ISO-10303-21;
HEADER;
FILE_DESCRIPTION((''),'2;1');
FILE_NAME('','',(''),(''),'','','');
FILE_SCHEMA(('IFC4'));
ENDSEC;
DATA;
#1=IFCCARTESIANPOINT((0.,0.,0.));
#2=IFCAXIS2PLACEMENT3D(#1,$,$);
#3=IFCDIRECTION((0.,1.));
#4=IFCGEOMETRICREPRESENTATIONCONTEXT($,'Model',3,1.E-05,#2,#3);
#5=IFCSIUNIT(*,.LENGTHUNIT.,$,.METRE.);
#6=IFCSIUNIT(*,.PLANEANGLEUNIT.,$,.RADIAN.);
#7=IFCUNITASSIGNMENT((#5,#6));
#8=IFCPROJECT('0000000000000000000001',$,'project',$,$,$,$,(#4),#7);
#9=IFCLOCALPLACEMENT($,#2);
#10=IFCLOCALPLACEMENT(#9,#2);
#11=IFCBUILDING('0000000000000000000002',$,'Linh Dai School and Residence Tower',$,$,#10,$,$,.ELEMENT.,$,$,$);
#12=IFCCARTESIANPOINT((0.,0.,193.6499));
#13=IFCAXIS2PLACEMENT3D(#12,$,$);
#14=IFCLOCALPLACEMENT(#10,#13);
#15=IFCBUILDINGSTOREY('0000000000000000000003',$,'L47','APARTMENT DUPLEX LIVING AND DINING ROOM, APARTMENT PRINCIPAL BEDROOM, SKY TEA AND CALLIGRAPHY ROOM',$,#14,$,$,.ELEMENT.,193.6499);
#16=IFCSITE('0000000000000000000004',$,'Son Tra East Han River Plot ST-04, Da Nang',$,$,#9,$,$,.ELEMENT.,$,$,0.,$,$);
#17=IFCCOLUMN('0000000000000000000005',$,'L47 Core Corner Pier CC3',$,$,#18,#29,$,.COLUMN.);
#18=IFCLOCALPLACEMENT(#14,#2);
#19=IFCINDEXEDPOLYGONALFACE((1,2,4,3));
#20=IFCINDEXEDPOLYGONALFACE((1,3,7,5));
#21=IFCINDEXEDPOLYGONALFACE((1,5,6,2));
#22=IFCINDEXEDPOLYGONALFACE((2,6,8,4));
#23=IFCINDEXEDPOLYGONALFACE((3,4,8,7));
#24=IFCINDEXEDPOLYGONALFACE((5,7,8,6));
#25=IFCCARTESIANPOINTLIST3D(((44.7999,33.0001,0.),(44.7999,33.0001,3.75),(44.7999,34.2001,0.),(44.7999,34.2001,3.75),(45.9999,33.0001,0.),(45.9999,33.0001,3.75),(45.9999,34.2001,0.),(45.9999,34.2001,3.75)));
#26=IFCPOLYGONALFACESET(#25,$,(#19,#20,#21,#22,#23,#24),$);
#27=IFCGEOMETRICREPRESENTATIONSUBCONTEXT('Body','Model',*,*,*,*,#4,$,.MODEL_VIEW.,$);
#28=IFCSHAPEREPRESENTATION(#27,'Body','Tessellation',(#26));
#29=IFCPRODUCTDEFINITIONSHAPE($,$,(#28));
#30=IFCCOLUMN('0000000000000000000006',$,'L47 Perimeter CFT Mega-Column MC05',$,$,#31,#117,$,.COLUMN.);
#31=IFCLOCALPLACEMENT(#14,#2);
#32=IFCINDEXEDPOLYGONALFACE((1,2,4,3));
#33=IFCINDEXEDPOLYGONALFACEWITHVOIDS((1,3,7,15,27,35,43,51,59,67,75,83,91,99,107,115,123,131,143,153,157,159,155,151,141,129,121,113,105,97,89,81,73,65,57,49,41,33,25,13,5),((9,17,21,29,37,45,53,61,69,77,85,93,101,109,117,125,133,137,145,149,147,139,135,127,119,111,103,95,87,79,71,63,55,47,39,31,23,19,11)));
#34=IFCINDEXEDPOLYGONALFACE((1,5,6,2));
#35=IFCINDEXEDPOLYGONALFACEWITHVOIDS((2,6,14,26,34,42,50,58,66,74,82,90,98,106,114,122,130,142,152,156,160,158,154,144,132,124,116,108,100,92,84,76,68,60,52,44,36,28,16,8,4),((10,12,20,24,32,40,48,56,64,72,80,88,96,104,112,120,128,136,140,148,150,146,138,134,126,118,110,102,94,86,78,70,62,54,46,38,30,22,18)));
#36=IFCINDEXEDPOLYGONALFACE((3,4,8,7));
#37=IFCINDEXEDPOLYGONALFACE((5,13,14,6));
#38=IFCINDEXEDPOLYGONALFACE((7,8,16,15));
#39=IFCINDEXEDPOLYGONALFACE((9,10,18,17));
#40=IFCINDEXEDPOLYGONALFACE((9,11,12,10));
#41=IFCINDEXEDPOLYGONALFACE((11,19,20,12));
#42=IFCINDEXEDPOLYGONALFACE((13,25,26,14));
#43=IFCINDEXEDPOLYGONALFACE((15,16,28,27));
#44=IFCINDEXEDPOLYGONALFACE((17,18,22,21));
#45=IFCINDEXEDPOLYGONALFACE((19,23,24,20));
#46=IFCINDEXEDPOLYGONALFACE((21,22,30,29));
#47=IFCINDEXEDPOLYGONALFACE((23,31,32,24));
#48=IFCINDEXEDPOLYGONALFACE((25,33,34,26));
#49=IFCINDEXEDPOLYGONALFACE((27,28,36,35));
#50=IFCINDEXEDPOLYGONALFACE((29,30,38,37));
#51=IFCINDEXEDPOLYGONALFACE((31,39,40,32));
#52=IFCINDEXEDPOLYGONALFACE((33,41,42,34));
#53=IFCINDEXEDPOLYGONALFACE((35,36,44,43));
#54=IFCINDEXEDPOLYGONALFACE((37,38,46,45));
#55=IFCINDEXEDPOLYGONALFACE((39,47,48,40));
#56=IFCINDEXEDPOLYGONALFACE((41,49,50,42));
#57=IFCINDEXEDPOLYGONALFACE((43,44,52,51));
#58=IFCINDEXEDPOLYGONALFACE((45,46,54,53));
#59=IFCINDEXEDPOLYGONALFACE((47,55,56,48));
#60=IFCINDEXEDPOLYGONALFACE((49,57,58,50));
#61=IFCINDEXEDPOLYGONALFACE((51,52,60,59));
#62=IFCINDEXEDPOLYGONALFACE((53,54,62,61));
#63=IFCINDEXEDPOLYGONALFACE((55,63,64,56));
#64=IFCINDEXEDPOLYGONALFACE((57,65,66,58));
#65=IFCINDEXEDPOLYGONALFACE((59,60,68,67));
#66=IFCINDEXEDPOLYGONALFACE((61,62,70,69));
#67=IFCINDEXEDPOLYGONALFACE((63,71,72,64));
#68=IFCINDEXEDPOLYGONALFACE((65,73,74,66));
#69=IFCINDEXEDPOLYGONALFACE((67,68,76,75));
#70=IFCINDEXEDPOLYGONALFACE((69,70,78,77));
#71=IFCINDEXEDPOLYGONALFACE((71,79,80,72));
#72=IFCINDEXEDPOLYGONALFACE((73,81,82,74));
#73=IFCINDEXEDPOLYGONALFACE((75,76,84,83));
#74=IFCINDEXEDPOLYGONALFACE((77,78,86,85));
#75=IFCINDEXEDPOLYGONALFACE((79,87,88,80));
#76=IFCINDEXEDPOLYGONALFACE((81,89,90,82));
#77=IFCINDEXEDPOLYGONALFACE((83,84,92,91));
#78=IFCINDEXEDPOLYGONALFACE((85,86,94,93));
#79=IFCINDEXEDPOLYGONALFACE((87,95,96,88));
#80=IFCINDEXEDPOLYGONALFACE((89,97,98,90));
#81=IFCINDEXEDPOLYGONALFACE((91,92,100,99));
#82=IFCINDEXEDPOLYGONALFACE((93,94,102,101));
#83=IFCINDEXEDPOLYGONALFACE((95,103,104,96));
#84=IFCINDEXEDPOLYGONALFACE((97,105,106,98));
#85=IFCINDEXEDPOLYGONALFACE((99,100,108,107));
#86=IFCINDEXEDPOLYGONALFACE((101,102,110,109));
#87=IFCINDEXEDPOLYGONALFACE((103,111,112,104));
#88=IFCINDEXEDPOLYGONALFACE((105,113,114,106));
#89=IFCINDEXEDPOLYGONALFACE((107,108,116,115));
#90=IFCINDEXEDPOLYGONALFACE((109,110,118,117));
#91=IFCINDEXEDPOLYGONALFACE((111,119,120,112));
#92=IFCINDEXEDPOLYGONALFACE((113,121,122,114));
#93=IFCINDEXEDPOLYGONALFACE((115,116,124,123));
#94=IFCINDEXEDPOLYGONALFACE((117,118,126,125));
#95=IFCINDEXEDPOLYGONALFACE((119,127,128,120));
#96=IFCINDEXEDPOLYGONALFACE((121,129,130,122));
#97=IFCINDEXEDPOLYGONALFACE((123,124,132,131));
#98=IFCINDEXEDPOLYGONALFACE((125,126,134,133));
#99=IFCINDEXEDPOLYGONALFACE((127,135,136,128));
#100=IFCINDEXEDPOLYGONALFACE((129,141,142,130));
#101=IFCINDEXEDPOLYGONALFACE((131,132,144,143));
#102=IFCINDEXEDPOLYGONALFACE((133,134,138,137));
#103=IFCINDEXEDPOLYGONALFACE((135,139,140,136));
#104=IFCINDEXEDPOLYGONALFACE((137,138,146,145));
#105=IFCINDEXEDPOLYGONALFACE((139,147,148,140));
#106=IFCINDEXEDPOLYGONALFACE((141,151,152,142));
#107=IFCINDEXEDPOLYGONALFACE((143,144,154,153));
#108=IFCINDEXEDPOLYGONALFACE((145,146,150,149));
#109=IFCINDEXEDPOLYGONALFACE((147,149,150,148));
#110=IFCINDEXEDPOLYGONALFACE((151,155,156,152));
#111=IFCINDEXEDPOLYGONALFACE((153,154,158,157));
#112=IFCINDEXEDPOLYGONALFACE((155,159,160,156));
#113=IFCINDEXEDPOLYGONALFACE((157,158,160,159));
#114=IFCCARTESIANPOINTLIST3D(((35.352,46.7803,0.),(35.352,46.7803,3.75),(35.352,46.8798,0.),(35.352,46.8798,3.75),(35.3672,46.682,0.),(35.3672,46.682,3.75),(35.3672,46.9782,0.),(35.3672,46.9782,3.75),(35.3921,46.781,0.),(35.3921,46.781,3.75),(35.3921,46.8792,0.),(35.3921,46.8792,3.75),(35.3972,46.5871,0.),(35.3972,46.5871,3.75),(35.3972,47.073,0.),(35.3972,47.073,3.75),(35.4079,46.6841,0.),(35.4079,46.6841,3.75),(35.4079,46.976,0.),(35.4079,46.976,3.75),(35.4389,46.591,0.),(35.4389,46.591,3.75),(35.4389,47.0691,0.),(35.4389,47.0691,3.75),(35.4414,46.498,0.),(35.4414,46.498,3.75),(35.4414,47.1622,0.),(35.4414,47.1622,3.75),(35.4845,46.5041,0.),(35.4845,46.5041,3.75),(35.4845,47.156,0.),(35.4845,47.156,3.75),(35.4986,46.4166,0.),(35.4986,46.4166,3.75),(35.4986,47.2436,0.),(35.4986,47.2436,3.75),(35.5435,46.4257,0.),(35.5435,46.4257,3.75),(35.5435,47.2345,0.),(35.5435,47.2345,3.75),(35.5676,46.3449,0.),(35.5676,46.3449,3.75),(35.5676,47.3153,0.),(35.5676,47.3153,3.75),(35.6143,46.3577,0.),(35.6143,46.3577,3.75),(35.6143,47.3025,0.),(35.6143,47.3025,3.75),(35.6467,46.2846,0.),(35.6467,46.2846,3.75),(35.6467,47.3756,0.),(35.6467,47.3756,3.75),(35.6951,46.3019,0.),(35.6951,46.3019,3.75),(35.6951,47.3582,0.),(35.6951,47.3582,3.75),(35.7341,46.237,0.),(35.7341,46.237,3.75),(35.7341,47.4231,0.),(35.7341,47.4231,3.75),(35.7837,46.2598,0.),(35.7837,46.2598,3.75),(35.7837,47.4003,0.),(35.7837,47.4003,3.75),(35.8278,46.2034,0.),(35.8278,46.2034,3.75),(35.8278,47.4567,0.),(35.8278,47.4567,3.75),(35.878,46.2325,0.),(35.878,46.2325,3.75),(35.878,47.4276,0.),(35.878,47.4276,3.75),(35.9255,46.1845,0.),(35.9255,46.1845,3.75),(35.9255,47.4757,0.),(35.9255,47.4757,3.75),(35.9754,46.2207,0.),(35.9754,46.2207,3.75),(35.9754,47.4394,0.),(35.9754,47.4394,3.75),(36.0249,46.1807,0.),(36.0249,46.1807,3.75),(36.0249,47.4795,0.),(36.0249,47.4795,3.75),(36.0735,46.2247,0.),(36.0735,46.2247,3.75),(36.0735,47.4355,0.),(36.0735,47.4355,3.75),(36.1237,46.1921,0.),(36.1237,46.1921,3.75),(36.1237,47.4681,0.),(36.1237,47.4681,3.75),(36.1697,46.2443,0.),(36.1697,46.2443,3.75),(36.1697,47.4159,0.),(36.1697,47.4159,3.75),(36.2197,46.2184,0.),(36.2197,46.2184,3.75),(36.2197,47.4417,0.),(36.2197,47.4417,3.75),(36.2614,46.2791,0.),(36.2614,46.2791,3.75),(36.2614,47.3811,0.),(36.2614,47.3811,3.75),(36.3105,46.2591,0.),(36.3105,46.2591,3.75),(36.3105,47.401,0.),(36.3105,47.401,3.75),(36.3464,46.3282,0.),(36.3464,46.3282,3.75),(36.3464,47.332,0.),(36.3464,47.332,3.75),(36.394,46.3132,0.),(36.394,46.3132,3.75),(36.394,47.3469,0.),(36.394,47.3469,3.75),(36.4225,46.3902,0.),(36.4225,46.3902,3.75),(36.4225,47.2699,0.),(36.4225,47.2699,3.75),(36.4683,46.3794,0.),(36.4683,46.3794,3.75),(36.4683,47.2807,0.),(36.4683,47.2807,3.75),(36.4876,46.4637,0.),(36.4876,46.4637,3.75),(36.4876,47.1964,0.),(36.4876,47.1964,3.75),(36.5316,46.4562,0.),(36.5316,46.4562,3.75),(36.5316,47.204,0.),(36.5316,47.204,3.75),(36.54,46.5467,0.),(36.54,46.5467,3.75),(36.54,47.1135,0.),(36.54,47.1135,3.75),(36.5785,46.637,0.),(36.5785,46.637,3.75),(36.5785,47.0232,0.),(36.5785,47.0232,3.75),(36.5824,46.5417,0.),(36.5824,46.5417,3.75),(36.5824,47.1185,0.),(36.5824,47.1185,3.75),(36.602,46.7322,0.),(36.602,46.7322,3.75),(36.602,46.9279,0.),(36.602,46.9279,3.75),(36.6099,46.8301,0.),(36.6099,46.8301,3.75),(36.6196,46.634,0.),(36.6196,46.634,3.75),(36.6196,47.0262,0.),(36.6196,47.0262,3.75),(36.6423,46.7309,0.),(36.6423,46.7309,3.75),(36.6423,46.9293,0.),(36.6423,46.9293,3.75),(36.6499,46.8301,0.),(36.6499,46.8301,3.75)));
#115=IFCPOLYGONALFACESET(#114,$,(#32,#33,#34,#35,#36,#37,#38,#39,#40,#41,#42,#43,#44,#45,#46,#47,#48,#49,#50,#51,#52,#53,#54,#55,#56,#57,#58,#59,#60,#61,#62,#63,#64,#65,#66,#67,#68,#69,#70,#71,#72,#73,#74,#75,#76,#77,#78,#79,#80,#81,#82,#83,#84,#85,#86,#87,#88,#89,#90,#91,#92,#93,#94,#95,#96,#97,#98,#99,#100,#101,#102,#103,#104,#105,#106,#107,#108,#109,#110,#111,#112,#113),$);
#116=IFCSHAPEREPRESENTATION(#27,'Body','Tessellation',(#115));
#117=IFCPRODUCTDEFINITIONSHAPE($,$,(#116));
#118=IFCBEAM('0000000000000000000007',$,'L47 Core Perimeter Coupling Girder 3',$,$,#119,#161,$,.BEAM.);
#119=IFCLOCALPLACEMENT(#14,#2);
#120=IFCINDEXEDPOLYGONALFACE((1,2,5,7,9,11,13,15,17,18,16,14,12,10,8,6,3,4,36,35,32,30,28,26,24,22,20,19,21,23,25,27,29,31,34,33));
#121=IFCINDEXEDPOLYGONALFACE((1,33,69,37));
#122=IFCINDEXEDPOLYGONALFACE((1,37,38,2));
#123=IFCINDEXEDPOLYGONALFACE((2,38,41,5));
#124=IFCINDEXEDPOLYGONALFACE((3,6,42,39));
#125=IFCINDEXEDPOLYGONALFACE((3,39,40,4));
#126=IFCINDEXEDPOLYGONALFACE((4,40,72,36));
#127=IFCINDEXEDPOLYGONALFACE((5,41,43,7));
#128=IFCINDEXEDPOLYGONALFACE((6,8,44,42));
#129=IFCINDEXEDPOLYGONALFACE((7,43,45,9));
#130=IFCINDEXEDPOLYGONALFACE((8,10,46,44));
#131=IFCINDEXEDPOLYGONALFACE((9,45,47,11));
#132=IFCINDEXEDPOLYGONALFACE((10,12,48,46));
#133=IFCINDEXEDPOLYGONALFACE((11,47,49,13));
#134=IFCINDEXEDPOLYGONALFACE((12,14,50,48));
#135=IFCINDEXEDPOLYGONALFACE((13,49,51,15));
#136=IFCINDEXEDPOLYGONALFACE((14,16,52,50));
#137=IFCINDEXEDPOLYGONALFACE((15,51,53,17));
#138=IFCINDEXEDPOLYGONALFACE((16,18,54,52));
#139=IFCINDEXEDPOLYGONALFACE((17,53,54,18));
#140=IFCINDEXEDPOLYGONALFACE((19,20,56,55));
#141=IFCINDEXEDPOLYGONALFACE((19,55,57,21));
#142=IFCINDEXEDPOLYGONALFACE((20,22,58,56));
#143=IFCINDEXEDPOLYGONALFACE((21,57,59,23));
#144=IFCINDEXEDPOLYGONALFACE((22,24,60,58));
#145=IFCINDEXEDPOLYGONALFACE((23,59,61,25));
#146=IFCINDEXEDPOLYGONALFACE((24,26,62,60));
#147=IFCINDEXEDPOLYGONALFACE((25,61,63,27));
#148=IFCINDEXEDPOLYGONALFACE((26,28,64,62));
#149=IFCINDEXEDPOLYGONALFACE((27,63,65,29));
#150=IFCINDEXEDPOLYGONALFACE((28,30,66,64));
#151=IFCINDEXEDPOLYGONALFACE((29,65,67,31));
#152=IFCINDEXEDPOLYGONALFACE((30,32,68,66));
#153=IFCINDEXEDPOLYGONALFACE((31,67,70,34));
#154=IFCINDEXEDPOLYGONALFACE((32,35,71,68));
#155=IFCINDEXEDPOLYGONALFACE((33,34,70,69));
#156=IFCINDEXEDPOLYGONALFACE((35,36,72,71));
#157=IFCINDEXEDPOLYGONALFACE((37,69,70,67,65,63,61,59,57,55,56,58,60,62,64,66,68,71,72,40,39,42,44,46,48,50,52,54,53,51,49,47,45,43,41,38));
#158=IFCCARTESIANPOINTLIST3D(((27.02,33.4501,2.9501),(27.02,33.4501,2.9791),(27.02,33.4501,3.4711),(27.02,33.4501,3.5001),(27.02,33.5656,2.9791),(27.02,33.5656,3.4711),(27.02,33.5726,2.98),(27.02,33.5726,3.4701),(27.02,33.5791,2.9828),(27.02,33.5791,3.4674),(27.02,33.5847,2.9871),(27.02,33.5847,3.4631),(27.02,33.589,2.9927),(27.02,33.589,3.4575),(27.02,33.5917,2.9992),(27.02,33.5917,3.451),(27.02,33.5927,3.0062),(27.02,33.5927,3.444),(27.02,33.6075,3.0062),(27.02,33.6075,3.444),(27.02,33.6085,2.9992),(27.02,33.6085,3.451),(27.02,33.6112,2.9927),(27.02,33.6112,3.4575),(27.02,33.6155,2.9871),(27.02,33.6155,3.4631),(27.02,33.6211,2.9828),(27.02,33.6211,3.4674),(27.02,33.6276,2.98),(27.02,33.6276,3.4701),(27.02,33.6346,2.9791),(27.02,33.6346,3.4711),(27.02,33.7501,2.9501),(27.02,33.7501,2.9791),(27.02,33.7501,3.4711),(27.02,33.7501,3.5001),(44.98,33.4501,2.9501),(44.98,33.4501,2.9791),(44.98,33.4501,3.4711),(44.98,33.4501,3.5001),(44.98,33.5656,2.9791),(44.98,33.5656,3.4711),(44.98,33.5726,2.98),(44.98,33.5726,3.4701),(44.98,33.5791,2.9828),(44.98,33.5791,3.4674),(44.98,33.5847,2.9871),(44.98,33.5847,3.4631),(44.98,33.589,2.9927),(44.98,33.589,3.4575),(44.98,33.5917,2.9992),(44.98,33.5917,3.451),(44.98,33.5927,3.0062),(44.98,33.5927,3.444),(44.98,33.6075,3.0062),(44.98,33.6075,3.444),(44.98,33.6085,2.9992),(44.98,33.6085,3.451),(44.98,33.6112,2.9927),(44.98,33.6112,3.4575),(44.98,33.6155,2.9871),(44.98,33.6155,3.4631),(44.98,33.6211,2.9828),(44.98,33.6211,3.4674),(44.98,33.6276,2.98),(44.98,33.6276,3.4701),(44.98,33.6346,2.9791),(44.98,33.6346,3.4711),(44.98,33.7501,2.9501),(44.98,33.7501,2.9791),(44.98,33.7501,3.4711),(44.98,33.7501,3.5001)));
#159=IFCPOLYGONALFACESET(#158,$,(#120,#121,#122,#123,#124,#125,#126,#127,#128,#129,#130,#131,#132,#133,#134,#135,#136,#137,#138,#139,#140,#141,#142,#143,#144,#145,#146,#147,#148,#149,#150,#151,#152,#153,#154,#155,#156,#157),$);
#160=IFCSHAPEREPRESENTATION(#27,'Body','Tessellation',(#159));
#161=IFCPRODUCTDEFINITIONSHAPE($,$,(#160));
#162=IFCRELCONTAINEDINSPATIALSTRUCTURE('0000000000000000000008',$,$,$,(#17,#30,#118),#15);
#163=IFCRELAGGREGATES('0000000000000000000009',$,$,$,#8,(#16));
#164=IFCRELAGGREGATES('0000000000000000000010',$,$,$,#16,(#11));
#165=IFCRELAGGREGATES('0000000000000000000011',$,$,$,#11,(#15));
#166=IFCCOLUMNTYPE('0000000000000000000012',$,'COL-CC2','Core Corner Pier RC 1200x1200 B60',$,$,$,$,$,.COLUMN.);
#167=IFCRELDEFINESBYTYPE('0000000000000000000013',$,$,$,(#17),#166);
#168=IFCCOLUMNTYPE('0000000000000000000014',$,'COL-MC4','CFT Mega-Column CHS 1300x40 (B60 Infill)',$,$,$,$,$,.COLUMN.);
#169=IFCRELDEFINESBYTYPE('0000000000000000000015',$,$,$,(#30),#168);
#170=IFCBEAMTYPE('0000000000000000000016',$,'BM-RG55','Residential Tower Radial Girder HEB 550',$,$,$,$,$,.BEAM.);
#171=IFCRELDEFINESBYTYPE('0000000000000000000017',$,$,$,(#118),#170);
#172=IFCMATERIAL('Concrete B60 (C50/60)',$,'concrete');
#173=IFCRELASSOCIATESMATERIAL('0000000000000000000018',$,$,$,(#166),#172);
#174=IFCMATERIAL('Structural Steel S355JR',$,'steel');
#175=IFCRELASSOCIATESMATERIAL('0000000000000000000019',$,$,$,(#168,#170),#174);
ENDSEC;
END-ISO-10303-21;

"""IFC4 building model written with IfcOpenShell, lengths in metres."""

from ifc_helpers import new_model, si_unit, direction, frame, origin, origin_2d, place, context, subcontext, project, spatial, rectangle, hollow_circle, i_section, extrude, material, material_profile, profile_set, type_object, element, save


model = new_model("IFC4")

# Units and contexts
model_context = context("Model", 3, precision=1e-05, world=origin(), true_north=direction((0.0, 1.0)))
body_context = subcontext(model_context, "Body", "Model", "MODEL_VIEW")
ifc_project = project(units=[si_unit("LENGTHUNIT", "METRE"), si_unit("PLANEANGLEUNIT", "RADIAN")], contexts=[model_context])

# Site, building, storey
site_placement = place(None, origin())
site = spatial("IfcSite", under=ifc_project, at=site_placement, Name="Son Tra East Han River Plot ST-04, Da Nang", CompositionType="ELEMENT", RefElevation=0.0)
building_placement = place(site_placement, origin())
building = spatial("IfcBuilding", under=site, at=building_placement, Name="Linh Dai School and Residence Tower", CompositionType="ELEMENT")
storey_placement = place(building_placement, frame((0.0, 0.0, 193.6499)))
storey = spatial("IfcBuildingStorey", under=building, at=storey_placement, Name="L47", Description="APARTMENT DUPLEX LIVING AND DINING ROOM, APARTMENT PRINCIPAL BEDROOM, SKY TEA AND CALLIGRAPHY ROOM", CompositionType="ELEMENT", Elevation=193.6499)

# Columns
ifc_material_1 = material(Name="Concrete B60 (C50/60)", Category="concrete")
ifc_material_profile_1 = material_profile(ifc_material_1, rectangle(XDim=1.2, YDim=1.2, at=origin_2d()), Name="RC 1200x1200")
ifc_profile_set_1 = profile_set([ifc_material_profile_1], Name="Concrete B60 (C50/60)")
column_type_1 = type_object("IfcColumnType", Name="COL-CC2", Description="Core Corner Pier RC 1200x1200 B60", PredefinedType="COLUMN", material=ifc_profile_set_1)
column_1_placement = place(storey_placement, frame((45.3999, 33.6001, 0.0), z_axis=(0.0, 0.0, 1.0), x_axis=(1.0, 0.0, 0.0)))
element("IfcColumn", 1, at=column_1_placement, inside=storey, type_object=column_type_1, Name="L47 Core Corner Pier CC3", PredefinedType="COLUMN", context=body_context, shape_type="SweptSolid", body=[
    extrude(rectangle(XDim=1.2, YDim=1.2, at=origin_2d()), origin(), (0.0, 0.0, 1.0), 3.75),
])
ifc_material_2 = material(Name="Structural Steel S355JR", Category="steel")
ifc_material_profile_2 = material_profile(ifc_material_2, hollow_circle(Radius=0.6499, WallThickness=0.04, at=origin_2d()), Name="CHS 1300x40")
ifc_profile_set_2 = profile_set([ifc_material_profile_2], Name="Structural Steel S355JR")
column_type_2 = type_object("IfcColumnType", Name="COL-MC4", Description="CFT Mega-Column CHS 1300x40 (B60 Infill)", PredefinedType="COLUMN", material=ifc_profile_set_2)
column_2_placement = place(storey_placement, frame((36.0, 46.8301, 0.0), z_axis=(0.0, 0.0, 1.0), x_axis=(1.0, 0.0, 0.0)))
element("IfcColumn", 2, at=column_2_placement, inside=storey, type_object=column_type_2, Name="L47 Perimeter CFT Mega-Column MC05", PredefinedType="COLUMN", context=body_context, shape_type="SweptSolid", body=[
    extrude(hollow_circle(Radius=0.6499, WallThickness=0.04, at=origin_2d()), origin(), (0.0, 0.0, 1.0), 3.75),
])

# Beam
ifc_material_profile_3 = material_profile(ifc_material_2, i_section(OverallWidth=0.3, OverallDepth=0.55, WebThickness=0.0149, FlangeThickness=0.0291, FilletRadius=0.0271, at=origin_2d()), Name="HEB 550")
ifc_profile_set_3 = profile_set([ifc_material_profile_3], Name="Structural Steel S355JR")
beam_type = type_object("IfcBeamType", Name="BM-RG55", Description="Residential Tower Radial Girder HEB 550", PredefinedType="BEAM", material=ifc_profile_set_3)
beam_1_placement = place(storey_placement, frame((44.98, 33.6001, 3.2251), z_axis=(-1.0, 0.0, 0.0), x_axis=(0.0, -1.0, 0.0)))
element("IfcBeam", 3, at=beam_1_placement, inside=storey, type_object=beam_type, Name="L47 Core Perimeter Coupling Girder 3", PredefinedType="BEAM", context=body_context, shape_type="SweptSolid", body=[
    extrude(i_section(OverallWidth=0.3, OverallDepth=0.55, WebThickness=0.0149, FlangeThickness=0.0291, FilletRadius=0.0271, at=origin_2d()), origin(), (0.0, 0.0, 1.0), 17.96),
])

save(model, "model.ifc")
